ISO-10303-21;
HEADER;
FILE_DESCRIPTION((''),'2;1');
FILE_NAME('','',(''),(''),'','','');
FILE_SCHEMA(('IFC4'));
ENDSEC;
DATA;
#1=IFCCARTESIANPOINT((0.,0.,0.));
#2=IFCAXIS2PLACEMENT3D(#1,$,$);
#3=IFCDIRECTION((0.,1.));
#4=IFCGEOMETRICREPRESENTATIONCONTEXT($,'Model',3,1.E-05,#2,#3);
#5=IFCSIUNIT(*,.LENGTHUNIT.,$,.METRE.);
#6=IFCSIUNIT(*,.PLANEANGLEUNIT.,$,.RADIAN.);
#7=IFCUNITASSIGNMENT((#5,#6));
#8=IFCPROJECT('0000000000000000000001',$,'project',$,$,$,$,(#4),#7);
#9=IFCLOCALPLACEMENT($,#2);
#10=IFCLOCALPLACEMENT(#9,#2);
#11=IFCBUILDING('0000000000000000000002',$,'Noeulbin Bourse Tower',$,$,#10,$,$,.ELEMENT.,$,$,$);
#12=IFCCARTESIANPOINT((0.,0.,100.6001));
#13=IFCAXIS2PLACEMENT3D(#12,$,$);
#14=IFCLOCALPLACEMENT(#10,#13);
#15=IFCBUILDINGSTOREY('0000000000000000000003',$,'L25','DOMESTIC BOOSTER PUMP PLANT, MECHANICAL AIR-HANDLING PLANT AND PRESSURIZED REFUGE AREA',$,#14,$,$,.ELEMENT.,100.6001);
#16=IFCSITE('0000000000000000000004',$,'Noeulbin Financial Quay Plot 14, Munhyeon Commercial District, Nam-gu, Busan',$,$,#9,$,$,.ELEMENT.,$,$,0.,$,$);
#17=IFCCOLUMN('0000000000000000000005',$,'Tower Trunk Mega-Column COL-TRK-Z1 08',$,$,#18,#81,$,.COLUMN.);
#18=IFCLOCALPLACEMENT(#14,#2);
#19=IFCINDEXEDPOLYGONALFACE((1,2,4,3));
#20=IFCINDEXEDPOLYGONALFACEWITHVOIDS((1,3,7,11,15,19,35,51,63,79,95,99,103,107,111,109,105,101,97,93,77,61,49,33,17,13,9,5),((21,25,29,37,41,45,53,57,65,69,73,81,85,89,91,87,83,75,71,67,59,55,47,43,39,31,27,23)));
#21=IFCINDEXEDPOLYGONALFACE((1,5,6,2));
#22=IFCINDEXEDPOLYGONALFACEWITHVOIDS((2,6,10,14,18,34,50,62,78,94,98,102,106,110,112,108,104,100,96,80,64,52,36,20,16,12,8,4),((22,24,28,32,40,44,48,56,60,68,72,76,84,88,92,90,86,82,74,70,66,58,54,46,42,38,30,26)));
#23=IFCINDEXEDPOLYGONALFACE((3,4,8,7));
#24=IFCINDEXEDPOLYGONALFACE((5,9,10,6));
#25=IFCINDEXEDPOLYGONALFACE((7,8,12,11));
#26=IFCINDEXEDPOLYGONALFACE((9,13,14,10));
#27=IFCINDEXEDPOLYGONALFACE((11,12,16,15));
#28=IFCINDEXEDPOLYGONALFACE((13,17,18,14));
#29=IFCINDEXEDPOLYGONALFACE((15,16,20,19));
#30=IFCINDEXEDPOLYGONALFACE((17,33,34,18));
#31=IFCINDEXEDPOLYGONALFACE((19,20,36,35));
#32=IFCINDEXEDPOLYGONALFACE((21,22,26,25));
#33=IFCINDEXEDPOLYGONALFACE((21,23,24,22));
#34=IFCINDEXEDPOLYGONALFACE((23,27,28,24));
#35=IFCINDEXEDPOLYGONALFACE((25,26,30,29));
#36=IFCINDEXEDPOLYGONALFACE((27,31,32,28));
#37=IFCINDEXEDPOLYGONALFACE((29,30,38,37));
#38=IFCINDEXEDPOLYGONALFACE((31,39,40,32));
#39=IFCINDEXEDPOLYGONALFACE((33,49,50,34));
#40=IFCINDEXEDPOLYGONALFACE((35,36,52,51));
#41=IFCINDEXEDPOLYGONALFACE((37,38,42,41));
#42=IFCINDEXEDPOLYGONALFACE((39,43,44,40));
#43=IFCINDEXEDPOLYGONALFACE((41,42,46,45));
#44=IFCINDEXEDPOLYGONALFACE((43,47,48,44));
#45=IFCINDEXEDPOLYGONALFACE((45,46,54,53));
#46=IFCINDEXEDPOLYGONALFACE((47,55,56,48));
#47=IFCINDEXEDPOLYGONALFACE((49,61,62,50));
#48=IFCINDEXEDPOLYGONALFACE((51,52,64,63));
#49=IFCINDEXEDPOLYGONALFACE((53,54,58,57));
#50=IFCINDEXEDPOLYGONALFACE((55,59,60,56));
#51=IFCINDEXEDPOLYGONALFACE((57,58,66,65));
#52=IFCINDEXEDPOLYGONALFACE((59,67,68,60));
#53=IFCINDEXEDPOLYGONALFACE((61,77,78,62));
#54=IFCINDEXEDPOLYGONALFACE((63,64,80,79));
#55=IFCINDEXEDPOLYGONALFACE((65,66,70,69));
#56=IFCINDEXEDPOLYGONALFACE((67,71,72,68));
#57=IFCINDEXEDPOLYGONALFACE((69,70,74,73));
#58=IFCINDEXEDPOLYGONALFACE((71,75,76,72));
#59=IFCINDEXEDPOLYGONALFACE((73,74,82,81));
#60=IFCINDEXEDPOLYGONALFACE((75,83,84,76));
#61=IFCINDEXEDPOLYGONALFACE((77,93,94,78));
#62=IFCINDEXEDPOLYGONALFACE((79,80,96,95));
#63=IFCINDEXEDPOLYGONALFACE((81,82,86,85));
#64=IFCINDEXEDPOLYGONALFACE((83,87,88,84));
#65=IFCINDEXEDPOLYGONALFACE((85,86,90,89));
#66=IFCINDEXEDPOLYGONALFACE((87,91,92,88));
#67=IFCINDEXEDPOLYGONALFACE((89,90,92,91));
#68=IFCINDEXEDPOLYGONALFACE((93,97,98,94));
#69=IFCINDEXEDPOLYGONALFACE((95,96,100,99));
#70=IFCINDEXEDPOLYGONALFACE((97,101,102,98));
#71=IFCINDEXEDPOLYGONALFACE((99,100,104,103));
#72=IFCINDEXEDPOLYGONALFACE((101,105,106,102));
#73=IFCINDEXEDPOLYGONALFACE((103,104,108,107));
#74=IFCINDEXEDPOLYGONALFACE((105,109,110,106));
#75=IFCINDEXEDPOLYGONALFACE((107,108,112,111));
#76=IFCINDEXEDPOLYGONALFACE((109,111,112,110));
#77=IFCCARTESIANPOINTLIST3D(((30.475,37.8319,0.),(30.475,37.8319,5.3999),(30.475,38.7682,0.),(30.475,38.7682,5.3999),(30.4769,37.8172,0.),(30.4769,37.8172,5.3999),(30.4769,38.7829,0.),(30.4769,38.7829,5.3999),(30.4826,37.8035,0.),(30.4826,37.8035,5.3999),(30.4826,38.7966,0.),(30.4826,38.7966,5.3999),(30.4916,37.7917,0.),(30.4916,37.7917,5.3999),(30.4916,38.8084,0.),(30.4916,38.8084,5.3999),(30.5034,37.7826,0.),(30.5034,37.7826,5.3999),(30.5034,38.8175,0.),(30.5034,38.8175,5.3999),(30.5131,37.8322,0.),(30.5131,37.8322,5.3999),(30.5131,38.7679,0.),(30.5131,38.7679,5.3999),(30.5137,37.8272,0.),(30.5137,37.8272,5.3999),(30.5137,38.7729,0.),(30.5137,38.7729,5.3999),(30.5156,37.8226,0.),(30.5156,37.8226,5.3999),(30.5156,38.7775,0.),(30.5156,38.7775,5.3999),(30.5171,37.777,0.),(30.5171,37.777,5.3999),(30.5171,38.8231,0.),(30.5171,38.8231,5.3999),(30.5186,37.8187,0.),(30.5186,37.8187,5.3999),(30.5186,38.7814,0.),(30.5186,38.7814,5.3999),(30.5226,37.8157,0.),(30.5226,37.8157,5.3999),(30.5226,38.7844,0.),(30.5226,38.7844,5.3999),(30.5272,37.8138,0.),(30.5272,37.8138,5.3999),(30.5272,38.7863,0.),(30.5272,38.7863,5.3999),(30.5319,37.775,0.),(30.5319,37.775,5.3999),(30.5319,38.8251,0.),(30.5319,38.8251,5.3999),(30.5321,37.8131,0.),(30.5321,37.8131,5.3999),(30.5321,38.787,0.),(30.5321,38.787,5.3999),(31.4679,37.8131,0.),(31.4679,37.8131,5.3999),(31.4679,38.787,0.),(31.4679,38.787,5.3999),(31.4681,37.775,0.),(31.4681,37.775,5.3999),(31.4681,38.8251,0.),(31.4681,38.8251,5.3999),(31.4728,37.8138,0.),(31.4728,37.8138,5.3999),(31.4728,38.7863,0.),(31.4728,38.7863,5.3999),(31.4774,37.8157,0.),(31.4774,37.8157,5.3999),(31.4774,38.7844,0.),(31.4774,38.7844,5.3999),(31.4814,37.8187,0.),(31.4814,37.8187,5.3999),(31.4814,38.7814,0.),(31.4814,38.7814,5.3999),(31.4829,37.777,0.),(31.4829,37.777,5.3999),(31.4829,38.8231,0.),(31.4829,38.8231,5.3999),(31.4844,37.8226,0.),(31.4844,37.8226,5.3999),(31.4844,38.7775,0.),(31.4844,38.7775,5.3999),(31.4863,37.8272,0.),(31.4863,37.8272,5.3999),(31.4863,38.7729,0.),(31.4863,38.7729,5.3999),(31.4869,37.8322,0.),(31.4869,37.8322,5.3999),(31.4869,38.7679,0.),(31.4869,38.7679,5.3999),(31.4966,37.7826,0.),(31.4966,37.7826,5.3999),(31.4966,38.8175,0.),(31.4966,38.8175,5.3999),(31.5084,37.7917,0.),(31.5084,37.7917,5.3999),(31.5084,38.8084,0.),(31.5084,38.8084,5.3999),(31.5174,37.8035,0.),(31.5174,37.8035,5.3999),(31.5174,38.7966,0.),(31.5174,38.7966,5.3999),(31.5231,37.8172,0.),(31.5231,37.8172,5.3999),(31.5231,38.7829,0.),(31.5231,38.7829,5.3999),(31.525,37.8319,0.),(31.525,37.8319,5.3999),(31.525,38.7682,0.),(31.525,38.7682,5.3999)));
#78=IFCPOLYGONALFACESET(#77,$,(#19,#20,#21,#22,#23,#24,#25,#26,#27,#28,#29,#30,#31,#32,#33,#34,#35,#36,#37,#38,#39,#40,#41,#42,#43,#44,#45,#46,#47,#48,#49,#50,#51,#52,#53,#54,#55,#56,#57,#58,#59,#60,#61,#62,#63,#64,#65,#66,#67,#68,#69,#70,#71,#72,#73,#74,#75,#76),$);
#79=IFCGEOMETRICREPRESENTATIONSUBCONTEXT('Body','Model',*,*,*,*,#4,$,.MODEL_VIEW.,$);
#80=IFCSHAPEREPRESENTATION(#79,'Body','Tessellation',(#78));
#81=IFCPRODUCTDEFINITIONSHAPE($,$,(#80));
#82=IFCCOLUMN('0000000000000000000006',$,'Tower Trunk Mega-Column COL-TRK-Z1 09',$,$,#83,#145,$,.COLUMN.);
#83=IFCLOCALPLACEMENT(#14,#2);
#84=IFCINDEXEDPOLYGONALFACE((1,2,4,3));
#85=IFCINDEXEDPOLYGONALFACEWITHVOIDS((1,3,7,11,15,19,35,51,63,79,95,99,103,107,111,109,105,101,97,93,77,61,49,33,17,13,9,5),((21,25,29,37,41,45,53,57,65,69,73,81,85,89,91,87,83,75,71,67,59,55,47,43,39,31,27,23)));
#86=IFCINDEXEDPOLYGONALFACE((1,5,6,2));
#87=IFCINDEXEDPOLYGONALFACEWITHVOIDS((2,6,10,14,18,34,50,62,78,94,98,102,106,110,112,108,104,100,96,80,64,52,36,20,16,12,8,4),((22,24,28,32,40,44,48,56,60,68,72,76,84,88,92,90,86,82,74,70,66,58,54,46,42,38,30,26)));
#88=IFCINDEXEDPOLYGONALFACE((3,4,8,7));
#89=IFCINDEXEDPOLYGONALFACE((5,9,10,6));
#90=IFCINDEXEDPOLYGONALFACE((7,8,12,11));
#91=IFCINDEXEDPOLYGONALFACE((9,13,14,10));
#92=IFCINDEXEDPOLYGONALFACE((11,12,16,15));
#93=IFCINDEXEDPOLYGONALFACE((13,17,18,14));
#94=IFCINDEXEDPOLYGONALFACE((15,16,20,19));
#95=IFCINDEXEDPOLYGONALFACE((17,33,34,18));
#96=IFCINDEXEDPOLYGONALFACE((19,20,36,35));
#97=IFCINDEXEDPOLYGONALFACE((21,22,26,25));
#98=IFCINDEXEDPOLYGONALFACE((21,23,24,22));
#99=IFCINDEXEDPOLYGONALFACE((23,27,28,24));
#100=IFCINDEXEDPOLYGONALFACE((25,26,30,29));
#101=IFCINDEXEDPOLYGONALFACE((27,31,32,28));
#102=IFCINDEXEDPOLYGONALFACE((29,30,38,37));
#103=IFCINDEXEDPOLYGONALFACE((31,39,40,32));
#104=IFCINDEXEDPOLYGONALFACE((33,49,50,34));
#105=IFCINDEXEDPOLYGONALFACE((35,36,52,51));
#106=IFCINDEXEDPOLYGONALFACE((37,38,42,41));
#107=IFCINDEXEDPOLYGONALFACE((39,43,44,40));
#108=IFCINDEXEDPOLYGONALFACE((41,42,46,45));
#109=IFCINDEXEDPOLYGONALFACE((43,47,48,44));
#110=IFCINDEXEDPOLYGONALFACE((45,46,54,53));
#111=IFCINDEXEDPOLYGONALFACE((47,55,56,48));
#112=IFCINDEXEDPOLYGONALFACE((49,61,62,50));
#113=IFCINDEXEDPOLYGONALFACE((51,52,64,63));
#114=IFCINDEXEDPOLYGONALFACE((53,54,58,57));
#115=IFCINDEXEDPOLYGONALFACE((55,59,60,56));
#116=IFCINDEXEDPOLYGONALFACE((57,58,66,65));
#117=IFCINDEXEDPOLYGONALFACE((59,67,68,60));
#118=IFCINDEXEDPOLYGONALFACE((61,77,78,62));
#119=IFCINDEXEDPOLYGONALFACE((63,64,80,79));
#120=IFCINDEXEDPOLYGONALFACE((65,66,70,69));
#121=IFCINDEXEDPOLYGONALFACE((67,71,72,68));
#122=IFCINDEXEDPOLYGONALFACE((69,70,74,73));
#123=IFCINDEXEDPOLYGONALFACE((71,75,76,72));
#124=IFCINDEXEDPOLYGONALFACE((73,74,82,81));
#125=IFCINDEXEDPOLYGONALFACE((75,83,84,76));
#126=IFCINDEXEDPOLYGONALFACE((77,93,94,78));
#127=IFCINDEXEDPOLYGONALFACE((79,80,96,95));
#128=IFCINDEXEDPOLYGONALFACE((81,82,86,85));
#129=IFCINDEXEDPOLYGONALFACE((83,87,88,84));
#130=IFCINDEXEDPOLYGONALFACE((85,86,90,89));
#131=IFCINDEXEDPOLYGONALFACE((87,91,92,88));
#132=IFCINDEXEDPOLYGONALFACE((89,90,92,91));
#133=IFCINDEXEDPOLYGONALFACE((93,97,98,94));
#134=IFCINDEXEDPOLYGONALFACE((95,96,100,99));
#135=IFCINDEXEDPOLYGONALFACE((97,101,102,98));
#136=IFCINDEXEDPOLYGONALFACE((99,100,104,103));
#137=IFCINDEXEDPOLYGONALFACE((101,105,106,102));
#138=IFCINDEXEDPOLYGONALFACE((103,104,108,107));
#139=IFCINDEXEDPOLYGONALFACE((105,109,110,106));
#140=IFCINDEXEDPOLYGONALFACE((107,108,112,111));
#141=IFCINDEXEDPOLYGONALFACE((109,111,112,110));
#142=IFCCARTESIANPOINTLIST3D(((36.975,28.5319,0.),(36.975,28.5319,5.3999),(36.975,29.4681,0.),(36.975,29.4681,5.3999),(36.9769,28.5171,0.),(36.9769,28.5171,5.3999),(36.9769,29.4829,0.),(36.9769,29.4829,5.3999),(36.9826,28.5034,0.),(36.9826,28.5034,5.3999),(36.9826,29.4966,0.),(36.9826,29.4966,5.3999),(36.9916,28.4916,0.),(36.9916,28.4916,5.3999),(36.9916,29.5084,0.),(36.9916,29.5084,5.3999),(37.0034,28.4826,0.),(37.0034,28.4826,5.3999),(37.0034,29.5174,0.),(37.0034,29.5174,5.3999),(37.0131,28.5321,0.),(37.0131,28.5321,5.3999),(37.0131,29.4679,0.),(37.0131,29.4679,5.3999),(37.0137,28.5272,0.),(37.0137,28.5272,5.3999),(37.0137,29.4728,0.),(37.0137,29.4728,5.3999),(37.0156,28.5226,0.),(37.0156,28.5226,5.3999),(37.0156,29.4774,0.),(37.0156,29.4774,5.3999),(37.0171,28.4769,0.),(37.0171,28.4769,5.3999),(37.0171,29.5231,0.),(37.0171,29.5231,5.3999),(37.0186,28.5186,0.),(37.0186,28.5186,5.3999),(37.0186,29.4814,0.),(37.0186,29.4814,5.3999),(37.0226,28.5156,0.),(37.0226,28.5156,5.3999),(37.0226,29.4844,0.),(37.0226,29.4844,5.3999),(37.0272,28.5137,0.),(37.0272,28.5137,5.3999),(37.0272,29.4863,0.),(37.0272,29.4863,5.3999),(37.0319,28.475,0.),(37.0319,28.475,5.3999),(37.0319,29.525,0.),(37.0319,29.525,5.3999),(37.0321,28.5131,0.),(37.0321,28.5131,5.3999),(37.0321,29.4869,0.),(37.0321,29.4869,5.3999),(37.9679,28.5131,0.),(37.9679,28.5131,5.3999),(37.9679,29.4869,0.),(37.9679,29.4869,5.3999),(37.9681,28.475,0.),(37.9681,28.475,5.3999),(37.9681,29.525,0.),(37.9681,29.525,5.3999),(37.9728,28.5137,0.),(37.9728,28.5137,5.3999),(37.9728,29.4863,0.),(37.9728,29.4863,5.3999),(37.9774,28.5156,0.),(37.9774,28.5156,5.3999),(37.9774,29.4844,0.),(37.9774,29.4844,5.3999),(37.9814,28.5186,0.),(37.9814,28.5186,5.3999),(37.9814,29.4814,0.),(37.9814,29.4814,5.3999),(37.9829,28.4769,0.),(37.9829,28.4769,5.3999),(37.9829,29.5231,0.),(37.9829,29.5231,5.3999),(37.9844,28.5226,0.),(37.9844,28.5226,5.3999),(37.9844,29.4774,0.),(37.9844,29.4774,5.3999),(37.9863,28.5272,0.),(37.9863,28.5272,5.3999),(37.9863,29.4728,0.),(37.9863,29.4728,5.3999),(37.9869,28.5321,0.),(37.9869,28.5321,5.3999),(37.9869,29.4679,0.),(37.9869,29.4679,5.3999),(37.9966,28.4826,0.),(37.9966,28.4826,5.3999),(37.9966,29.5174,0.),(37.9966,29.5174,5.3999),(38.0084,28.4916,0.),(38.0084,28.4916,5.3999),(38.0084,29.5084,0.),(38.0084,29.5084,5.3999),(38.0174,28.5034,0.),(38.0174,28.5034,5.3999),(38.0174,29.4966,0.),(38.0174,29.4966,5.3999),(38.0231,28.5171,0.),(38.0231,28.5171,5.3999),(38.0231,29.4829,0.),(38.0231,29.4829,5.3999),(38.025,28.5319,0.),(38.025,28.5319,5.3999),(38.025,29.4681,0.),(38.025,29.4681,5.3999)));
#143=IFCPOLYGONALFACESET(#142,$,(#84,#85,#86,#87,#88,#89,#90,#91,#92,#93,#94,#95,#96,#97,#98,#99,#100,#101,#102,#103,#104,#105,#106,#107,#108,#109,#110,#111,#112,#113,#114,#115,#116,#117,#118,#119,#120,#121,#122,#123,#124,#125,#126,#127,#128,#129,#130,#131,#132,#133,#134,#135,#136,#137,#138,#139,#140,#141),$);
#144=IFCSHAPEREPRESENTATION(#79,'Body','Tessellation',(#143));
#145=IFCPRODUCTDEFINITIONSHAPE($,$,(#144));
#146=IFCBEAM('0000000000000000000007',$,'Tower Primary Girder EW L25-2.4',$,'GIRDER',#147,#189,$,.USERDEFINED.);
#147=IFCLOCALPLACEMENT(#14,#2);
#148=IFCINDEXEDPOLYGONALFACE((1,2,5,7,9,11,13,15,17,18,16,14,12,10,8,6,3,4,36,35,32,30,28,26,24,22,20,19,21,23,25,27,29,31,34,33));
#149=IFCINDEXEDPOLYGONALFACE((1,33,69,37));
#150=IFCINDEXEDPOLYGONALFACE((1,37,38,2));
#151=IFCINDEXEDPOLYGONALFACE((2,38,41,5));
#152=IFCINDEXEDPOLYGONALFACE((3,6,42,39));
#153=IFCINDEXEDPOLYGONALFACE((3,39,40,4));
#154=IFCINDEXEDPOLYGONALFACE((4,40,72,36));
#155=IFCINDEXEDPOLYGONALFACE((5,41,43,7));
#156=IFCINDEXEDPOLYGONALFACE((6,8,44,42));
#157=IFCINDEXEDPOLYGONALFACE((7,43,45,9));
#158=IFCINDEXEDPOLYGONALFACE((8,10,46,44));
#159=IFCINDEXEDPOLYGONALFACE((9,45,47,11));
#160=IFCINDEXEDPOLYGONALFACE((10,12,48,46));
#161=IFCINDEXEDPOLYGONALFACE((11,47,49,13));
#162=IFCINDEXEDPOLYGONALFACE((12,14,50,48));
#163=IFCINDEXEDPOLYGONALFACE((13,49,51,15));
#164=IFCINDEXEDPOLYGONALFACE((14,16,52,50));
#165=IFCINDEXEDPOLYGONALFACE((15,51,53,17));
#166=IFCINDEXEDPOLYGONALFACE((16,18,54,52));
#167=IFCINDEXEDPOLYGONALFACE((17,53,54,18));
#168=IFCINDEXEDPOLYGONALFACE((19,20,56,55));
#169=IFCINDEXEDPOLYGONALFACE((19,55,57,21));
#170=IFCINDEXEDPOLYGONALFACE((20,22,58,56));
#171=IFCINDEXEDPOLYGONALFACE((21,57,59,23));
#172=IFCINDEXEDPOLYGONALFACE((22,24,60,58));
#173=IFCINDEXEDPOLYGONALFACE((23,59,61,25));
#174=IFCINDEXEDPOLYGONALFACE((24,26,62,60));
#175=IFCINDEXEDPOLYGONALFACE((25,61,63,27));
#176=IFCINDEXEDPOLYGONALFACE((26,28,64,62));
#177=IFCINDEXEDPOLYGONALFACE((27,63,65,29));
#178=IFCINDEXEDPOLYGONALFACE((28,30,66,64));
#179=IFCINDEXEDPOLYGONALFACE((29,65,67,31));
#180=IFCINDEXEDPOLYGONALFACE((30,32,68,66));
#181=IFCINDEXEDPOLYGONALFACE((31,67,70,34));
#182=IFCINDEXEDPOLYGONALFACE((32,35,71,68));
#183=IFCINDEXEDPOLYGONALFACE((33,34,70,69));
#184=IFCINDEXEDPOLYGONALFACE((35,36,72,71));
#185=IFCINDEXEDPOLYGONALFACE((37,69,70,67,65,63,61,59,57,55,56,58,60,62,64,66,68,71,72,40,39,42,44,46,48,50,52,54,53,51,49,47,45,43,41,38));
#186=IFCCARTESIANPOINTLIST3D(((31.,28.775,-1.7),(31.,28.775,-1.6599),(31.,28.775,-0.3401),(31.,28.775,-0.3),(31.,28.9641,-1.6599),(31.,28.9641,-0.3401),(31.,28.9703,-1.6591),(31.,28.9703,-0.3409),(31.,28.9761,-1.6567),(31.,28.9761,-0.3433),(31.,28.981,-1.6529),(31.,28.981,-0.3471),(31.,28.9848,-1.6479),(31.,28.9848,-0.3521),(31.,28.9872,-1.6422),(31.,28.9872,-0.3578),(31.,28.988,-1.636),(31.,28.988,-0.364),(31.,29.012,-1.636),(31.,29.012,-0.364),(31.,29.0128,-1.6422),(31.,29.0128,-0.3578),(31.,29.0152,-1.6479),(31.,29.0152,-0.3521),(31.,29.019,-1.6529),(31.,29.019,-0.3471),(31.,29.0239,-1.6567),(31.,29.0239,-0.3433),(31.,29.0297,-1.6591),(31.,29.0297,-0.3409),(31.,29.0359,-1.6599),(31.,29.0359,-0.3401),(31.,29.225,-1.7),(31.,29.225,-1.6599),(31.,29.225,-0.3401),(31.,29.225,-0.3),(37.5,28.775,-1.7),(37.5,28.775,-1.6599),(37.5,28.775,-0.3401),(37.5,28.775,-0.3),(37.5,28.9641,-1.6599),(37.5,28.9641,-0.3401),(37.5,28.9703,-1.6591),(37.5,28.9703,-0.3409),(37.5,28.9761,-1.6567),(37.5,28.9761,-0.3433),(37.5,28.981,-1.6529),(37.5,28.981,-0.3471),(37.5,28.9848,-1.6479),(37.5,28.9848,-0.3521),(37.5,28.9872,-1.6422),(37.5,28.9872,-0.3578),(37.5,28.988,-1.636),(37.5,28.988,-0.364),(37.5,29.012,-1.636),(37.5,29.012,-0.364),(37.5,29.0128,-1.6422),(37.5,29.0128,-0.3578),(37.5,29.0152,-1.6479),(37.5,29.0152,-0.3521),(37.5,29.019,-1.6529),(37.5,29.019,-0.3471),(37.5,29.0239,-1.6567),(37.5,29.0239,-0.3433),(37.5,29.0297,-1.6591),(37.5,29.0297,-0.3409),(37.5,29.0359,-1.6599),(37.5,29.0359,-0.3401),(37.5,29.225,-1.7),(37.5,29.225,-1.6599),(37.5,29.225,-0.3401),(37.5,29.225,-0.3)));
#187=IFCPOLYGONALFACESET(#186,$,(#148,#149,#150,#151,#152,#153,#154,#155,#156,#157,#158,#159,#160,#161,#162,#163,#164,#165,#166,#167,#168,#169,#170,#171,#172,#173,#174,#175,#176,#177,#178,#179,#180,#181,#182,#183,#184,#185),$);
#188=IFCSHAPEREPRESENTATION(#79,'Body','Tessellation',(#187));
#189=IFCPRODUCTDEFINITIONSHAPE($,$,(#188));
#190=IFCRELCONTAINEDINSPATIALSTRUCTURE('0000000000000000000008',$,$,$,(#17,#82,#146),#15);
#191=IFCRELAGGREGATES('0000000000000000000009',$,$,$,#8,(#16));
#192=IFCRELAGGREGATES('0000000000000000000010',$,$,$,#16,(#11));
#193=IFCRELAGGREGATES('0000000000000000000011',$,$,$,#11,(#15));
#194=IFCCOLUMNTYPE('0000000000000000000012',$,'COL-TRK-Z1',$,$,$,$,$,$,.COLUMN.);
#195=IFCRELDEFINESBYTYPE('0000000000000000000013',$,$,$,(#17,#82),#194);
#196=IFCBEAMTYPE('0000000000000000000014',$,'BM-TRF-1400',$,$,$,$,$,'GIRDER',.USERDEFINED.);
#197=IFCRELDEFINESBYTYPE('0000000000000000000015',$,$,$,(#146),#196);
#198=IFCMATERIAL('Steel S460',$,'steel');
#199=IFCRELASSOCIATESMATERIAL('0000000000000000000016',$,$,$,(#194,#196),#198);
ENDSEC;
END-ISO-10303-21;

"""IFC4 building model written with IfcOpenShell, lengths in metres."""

from ifc_helpers import new_model, si_unit, direction, frame, origin, origin_2d, place, context, subcontext, project, spatial, hollow_rectangle, i_section, extrude, material, material_profile, profile_set, type_object, element, save


model = new_model("IFC4")

# Units and contexts
model_context = context("Model", 3, precision=1e-05, world=origin(), true_north=direction((0.0, 1.0)))
body_context = subcontext(model_context, "Body", "Model", "MODEL_VIEW")
ifc_project = project(units=[si_unit("LENGTHUNIT", "METRE"), si_unit("PLANEANGLEUNIT", "RADIAN")], contexts=[model_context])

# Site, building, storey
site_placement = place(None, origin())
site = spatial("IfcSite", under=ifc_project, at=site_placement, Name="Noeulbin Financial Quay Plot 14, Munhyeon Commercial District, Nam-gu, Busan", CompositionType="ELEMENT", RefElevation=0.0)
building_placement = place(site_placement, origin())
building = spatial("IfcBuilding", under=site, at=building_placement, Name="Noeulbin Bourse Tower", CompositionType="ELEMENT")
storey_placement = place(building_placement, frame((0.0, 0.0, 100.6001)))
storey = spatial("IfcBuildingStorey", under=building, at=storey_placement, Name="L25", Description="DOMESTIC BOOSTER PUMP PLANT, MECHANICAL AIR-HANDLING PLANT AND PRESSURIZED REFUGE AREA", CompositionType="ELEMENT", Elevation=100.6001)

# Columns
ifc_material_1 = material(Name="Steel S460", Category="steel")
ifc_material_profile_1 = material_profile(ifc_material_1, hollow_rectangle(XDim=1.05, YDim=1.05, WallThickness=0.0381, InnerFilletRadius=0.019, OuterFilletRadius=0.0569, at=origin_2d()), Name="BOX-1050x1050x38", Category="LoadBearing")
ifc_profile_set_1 = profile_set([ifc_material_profile_1], Name="Steel S460")
column_type = type_object("IfcColumnType", Name="COL-TRK-Z1", PredefinedType="COLUMN", material=ifc_profile_set_1)
for number, where, z_axis, x_axis, name in (
    (1, (31.0, 38.3, 0.0), (0.0, 0.0, 1.0), (1.0, 0.0, 0.0), "Tower Trunk Mega-Column COL-TRK-Z1 08"),
    (2, (37.5, 29.0, 0.0), (0.0, 0.0, 1.0), (1.0, 0.0, 0.0), "Tower Trunk Mega-Column COL-TRK-Z1 09"),
):
    element("IfcColumn", number, at=place(storey_placement, frame(where, z_axis=z_axis, x_axis=x_axis)), inside=storey, type_object=column_type, Name=name, PredefinedType="COLUMN", context=body_context, shape_type="SweptSolid", body=[
        extrude(hollow_rectangle(XDim=1.05, YDim=1.05, WallThickness=0.0381, InnerFilletRadius=0.019, OuterFilletRadius=0.0569, at=origin_2d()), origin(), (0.0, 0.0, 1.0), 5.3999),
    ])

# Beam
ifc_material_profile_2 = material_profile(ifc_material_1, i_section(OverallWidth=0.45, OverallDepth=1.3999, WebThickness=0.0239, FlangeThickness=0.04, FilletRadius=0.0239, at=origin_2d()), Name="PG-1400x450x24x40", Category="LoadBearing")
ifc_profile_set_2 = profile_set([ifc_material_profile_2], Name="Steel S460")
beam_type = type_object("IfcBeamType", Name="BM-TRF-1400", ElementType="GIRDER", PredefinedType="USERDEFINED", material=ifc_profile_set_2)
for number, where, z_axis, x_axis, name in (
    (3, (31.0, 29.0, -1.0), (1.0, 0.0, 0.0), (0.0, 1.0, 0.0), "Tower Primary Girder EW L25-2.4"),
):
    element("IfcBeam", number, at=place(storey_placement, frame(where, z_axis=z_axis, x_axis=x_axis)), inside=storey, type_object=beam_type, Name=name, ObjectType="GIRDER", PredefinedType="USERDEFINED", context=body_context, shape_type="SweptSolid", body=[
        extrude(i_section(OverallWidth=0.45, OverallDepth=1.3999, WebThickness=0.0239, FlangeThickness=0.04, FilletRadius=0.0239, at=origin_2d()), origin(), (0.0, 0.0, 1.0), 6.5),
    ])

save(model, "model.ifc")
